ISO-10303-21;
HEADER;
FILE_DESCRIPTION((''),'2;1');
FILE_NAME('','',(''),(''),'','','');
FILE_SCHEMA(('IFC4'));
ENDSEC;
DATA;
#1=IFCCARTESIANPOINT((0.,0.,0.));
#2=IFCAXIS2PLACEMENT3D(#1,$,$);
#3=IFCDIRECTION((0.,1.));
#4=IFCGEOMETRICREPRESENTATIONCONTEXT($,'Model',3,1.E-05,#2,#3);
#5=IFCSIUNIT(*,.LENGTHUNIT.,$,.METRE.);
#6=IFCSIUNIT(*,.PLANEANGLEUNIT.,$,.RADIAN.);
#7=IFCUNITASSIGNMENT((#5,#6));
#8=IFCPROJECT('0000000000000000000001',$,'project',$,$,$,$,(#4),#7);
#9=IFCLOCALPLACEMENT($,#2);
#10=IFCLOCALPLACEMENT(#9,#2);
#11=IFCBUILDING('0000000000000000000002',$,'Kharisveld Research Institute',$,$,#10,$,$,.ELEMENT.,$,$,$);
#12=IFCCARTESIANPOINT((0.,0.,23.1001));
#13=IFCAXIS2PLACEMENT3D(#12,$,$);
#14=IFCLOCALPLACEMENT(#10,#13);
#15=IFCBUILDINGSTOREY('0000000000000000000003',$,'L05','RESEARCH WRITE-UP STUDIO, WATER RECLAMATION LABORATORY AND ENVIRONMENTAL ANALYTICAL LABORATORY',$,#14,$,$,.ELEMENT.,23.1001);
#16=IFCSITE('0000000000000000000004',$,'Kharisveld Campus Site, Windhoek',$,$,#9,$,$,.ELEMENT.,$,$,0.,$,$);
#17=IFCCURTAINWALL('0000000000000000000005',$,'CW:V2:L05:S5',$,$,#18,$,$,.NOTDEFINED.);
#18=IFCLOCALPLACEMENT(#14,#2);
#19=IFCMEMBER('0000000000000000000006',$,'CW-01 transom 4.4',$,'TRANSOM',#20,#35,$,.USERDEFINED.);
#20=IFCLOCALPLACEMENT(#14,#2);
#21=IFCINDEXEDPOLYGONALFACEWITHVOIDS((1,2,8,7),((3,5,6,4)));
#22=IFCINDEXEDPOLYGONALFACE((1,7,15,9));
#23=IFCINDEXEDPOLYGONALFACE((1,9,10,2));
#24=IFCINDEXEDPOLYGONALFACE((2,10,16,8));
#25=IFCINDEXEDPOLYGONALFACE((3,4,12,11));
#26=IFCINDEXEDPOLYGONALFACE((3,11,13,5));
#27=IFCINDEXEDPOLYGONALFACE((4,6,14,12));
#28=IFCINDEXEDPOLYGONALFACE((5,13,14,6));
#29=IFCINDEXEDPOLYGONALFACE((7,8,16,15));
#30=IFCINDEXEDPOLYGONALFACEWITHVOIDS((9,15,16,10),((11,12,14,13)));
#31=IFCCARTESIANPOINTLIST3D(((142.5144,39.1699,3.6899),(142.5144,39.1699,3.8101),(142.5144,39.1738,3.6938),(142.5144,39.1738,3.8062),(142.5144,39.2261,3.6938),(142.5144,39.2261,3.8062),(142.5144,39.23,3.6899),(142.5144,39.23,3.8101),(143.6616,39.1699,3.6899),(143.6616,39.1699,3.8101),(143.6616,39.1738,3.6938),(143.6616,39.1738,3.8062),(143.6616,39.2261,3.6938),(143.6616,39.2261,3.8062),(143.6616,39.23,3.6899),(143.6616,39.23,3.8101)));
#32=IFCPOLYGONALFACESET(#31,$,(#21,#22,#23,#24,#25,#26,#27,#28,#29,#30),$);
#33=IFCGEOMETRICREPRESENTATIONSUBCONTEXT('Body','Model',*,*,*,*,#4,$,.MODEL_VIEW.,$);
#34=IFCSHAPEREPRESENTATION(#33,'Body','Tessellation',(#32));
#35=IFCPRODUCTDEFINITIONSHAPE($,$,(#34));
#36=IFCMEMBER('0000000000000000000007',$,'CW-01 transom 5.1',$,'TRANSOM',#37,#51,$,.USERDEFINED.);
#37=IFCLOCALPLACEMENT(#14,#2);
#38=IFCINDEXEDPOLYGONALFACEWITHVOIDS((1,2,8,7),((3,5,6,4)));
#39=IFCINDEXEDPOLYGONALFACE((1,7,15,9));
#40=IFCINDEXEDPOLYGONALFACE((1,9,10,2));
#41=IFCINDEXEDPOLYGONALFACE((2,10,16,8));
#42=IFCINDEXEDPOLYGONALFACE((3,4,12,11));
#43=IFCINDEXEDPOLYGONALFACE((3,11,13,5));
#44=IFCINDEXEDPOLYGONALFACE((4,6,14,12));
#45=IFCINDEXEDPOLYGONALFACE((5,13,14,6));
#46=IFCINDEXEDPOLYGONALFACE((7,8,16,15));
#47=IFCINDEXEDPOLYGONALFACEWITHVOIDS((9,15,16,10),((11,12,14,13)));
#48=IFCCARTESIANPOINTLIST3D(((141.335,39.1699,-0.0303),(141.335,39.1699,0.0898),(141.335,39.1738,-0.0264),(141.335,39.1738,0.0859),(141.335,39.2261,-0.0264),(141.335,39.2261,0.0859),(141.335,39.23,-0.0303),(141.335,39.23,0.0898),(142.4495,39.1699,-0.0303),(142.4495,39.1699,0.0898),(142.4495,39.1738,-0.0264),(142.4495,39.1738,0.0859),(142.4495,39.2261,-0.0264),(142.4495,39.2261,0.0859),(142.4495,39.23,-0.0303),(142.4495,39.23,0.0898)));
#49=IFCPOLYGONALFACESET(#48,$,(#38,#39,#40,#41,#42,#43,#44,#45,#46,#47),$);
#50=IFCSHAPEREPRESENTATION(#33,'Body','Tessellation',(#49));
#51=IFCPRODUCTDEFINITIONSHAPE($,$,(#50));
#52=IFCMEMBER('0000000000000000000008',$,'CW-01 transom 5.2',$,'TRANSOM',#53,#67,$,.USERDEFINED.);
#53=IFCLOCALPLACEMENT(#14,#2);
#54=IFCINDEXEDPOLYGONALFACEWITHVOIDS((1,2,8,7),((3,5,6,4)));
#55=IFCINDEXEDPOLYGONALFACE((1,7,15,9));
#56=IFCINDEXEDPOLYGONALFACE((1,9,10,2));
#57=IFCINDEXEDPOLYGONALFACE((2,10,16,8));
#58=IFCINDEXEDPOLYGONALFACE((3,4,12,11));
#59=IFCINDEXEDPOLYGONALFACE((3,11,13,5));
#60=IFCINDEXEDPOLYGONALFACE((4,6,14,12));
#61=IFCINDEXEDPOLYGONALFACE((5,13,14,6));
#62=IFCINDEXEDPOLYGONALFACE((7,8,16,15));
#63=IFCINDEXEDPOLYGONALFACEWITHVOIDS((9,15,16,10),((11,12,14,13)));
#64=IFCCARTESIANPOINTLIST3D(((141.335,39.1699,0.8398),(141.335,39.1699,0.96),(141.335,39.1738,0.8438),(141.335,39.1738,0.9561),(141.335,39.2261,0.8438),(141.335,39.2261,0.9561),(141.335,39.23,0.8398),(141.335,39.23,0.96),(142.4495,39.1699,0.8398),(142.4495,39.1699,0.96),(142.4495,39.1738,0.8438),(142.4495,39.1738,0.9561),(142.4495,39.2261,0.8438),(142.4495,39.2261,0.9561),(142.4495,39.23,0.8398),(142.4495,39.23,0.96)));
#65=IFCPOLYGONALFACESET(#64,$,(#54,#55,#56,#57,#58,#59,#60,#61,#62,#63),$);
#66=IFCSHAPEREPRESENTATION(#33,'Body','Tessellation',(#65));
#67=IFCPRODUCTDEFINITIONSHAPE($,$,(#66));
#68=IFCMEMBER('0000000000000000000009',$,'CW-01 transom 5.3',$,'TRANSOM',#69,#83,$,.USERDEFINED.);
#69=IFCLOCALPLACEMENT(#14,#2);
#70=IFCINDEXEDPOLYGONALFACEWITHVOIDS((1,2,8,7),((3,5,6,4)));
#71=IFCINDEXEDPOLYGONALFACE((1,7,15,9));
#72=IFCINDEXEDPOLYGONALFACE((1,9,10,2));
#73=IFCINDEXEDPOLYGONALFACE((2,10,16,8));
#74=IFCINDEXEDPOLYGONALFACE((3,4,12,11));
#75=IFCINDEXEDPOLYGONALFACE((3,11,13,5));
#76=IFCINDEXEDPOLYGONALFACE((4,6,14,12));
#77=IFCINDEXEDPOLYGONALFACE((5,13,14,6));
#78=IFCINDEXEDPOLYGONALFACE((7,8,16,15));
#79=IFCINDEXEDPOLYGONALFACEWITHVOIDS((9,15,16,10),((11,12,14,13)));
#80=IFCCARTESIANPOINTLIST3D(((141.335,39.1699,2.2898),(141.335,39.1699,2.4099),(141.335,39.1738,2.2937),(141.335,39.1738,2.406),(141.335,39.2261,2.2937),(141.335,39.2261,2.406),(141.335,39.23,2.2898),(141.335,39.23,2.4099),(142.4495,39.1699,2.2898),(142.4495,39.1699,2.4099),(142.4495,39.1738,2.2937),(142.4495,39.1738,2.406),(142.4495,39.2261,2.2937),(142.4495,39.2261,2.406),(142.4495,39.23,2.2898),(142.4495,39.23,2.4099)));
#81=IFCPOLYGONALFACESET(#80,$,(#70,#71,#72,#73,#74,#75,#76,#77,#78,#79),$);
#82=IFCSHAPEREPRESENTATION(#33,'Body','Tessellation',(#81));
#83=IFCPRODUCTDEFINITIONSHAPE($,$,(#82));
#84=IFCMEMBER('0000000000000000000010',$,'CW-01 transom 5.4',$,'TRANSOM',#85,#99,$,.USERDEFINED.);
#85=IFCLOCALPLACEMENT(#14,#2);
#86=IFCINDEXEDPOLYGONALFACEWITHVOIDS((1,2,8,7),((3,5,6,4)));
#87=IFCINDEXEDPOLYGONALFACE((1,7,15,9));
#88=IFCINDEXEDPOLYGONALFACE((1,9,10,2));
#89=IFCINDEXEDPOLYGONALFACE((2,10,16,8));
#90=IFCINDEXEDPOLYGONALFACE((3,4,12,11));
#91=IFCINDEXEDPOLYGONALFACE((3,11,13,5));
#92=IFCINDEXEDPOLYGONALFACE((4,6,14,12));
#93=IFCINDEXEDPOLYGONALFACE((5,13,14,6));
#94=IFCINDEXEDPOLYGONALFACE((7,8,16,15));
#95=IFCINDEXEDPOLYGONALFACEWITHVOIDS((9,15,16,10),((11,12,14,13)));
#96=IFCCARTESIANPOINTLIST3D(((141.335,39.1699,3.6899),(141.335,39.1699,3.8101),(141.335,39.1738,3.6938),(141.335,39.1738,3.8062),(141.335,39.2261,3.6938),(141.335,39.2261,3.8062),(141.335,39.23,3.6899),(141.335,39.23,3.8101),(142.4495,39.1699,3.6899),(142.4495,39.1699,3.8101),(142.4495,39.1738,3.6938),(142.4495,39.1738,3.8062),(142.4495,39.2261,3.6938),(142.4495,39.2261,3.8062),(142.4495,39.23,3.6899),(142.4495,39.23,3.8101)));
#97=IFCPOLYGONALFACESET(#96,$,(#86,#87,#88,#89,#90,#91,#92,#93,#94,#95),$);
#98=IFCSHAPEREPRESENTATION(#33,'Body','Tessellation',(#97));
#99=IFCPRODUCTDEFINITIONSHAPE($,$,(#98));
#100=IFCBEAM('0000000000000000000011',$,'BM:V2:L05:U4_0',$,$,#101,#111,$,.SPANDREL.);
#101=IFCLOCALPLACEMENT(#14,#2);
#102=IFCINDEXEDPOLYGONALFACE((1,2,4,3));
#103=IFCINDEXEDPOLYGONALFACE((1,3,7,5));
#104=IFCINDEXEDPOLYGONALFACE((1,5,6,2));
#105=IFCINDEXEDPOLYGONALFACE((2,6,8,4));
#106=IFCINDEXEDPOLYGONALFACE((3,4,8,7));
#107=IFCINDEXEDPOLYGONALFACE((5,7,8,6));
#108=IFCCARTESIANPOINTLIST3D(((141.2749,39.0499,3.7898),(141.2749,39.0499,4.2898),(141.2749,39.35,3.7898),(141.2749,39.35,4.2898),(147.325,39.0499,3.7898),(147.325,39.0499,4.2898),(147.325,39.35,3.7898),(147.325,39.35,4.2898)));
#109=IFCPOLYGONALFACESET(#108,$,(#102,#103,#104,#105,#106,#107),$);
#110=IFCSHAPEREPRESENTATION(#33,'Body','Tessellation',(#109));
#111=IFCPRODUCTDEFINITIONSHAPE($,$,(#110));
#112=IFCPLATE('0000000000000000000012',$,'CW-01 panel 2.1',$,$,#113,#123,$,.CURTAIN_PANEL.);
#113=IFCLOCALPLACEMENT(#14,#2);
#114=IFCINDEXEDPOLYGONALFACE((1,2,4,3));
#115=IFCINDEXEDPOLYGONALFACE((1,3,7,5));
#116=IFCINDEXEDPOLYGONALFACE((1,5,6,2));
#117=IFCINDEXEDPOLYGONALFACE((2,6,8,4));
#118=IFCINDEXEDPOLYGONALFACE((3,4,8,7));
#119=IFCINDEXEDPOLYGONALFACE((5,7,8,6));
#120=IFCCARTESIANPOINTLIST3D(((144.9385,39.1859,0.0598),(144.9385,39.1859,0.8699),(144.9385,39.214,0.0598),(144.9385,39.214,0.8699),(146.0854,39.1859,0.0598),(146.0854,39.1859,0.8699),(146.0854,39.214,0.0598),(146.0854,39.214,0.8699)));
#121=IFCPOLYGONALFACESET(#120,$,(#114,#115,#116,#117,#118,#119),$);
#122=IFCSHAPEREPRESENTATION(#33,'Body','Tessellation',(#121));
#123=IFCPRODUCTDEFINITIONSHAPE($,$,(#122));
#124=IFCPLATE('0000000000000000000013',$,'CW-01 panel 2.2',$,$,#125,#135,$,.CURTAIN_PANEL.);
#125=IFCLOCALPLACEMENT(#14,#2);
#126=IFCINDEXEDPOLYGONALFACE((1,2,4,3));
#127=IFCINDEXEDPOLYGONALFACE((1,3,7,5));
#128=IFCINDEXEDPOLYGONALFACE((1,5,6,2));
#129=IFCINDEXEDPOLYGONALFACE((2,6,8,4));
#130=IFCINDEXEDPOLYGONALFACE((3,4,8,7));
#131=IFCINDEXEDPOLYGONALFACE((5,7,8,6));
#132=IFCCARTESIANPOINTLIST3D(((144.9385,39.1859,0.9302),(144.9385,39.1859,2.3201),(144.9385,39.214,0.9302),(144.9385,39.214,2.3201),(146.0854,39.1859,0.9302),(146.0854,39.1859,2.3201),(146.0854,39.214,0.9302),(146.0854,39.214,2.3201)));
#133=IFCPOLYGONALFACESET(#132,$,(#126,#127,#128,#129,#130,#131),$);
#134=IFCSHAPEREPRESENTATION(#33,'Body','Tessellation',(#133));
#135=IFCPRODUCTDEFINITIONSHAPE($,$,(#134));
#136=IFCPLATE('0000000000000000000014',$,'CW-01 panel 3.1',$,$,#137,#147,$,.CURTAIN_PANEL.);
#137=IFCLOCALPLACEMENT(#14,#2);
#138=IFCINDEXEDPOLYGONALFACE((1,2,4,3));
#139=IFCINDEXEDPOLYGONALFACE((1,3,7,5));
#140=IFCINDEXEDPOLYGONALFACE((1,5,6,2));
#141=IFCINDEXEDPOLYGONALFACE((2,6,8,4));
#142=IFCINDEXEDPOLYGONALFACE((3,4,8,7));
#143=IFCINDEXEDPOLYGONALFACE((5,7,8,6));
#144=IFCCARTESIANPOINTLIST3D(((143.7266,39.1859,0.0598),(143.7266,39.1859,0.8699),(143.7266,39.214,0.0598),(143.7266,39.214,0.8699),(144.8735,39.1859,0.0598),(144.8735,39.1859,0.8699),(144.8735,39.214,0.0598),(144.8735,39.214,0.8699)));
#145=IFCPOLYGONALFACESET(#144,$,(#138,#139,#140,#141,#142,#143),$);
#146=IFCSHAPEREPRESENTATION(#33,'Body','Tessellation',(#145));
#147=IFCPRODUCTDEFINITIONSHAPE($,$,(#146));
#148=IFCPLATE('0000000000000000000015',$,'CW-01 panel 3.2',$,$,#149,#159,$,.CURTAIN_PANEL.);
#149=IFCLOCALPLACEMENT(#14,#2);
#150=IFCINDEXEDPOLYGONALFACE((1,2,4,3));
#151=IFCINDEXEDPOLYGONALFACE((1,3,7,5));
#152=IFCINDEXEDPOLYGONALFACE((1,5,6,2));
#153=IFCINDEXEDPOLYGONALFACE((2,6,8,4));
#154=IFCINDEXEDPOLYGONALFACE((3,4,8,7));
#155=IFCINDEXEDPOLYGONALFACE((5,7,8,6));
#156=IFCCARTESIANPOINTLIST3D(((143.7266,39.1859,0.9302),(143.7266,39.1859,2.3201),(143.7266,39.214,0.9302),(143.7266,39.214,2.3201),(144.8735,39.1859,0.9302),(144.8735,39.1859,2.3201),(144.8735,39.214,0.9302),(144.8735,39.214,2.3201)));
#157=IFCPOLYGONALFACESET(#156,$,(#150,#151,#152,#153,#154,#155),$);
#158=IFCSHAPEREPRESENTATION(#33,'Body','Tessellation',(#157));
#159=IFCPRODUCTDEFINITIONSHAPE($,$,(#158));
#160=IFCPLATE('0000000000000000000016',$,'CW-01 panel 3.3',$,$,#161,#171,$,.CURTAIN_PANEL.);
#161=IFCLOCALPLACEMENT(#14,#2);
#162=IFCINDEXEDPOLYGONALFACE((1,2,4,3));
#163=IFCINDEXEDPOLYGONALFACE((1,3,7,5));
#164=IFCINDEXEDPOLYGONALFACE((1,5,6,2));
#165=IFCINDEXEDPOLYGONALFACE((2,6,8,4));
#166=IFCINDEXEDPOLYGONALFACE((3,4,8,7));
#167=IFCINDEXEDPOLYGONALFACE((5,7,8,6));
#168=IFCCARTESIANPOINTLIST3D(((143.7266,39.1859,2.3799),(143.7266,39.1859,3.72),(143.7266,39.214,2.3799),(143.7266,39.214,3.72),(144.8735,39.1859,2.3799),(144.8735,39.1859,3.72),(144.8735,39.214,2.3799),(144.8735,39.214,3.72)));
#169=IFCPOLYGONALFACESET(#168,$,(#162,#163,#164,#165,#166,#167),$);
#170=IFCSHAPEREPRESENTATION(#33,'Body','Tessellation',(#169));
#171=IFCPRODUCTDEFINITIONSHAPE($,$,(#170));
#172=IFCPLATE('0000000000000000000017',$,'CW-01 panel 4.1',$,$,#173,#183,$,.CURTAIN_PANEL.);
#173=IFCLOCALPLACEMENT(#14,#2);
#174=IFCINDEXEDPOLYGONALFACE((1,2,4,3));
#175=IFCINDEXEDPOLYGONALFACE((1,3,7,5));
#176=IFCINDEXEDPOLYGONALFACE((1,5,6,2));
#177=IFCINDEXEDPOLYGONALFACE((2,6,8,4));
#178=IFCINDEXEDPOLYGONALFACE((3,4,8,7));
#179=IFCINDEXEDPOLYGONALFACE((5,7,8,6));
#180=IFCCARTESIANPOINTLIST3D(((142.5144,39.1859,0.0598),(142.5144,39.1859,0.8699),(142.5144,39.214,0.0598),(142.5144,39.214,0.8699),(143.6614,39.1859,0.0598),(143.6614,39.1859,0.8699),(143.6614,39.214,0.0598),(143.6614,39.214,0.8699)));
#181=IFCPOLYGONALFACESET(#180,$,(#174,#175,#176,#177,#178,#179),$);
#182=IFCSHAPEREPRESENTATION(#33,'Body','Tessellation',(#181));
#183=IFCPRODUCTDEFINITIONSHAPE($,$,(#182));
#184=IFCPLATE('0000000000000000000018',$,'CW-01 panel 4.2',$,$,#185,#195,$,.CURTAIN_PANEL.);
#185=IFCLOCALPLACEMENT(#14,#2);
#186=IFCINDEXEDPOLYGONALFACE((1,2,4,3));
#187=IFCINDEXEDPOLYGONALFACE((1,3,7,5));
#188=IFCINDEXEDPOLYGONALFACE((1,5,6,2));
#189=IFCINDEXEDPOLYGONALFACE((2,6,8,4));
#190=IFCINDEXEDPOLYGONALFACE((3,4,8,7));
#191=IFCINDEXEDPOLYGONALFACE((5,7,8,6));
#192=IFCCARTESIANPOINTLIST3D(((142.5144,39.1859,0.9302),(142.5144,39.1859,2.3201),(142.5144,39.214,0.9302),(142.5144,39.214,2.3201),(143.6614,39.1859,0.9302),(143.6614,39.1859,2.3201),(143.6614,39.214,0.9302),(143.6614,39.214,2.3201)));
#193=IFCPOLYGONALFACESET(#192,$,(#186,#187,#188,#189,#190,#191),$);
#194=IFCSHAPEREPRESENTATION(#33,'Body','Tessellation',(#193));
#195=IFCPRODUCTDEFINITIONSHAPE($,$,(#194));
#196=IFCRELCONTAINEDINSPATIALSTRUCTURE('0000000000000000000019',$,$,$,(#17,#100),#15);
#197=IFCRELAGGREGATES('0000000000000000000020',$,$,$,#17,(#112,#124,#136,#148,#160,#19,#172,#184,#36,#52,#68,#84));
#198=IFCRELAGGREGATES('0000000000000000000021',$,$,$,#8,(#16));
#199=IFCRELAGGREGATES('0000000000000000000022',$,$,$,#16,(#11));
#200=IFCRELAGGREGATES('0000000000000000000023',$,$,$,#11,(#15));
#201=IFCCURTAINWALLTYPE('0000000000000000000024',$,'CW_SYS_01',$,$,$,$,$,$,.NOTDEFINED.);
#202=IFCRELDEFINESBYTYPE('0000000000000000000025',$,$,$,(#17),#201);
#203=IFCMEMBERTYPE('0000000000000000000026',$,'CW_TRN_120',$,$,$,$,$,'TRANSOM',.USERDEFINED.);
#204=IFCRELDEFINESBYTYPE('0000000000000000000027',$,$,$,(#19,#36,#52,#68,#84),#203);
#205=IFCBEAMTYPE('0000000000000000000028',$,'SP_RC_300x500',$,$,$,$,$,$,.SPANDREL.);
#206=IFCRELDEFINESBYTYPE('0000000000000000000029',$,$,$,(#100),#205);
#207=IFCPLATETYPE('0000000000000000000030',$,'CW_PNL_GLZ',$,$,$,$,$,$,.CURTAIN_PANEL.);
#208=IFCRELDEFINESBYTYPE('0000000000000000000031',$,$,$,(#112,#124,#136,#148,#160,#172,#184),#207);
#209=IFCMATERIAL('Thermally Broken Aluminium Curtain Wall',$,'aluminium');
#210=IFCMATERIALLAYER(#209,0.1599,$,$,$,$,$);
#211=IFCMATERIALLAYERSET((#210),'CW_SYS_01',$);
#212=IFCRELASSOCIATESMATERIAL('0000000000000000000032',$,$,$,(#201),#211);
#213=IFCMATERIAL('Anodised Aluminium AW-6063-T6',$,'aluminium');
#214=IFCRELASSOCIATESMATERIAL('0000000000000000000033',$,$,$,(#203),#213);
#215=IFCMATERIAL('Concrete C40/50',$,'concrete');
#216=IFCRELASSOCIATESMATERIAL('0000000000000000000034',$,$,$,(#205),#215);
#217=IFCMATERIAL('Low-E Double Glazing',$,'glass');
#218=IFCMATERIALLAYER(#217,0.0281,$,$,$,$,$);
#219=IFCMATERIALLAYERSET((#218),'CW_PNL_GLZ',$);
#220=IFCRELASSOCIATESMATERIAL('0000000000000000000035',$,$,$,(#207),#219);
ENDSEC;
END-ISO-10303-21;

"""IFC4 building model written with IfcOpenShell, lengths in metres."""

from ifc_helpers import new_model, si_unit, direction, frame, origin, origin_2d, place, context, subcontext, project, spatial, rectangle, hollow_rectangle, extrude, material, layer, layer_set, material_profile, profile_set, type_object, element, aggregate, save


model = new_model("IFC4")

# Units and contexts
model_context = context("Model", 3, precision=1e-05, world=origin(), true_north=direction((0.0, 1.0)))
body_context = subcontext(model_context, "Body", "Model", "MODEL_VIEW")
ifc_project = project(units=[si_unit("LENGTHUNIT", "METRE"), si_unit("PLANEANGLEUNIT", "RADIAN")], contexts=[model_context])

# Site, building, storey
site_placement = place(None, origin())
site = spatial("IfcSite", under=ifc_project, at=site_placement, Name="Kharisveld Campus Site, Windhoek", CompositionType="ELEMENT", RefElevation=0.0)
building_placement = place(site_placement, origin())
building = spatial("IfcBuilding", under=site, at=building_placement, Name="Kharisveld Research Institute", CompositionType="ELEMENT")
storey_placement = place(building_placement, frame((0.0, 0.0, 23.1001)))
storey = spatial("IfcBuildingStorey", under=building, at=storey_placement, Name="L05", Description="RESEARCH WRITE-UP STUDIO, WATER RECLAMATION LABORATORY AND ENVIRONMENTAL ANALYTICAL LABORATORY", CompositionType="ELEMENT", Elevation=23.1001)

# Curtain wall, members
ifc_material_1 = material(Name="Thermally Broken Aluminium Curtain Wall", Category="aluminium")
ifc_layer_1 = layer(ifc_material_1, 0.1599)
ifc_layer_set_1 = layer_set([ifc_layer_1], Name="CW_SYS_01")
curtain_wall_type = type_object("IfcCurtainWallType", Name="CW_SYS_01", PredefinedType="NOTDEFINED", material=ifc_layer_set_1)
curtain_wall_placement = place(storey_placement, origin())
curtain_wall = element("IfcCurtainWall", 1, at=curtain_wall_placement, inside=storey, type_object=curtain_wall_type, Name="CW:V2:L05:S5", PredefinedType="NOTDEFINED")
ifc_material_2 = material(Name="Anodised Aluminium AW-6063-T6", Category="aluminium")
ifc_material_profile_1 = material_profile(ifc_material_2, hollow_rectangle(XDim=0.0601, YDim=0.1201, WallThickness=0.0039, at=origin_2d()))
ifc_profile_set_1 = profile_set([ifc_material_profile_1], Name="Anodised Aluminium AW-6063-T6")
member_type_1 = type_object("IfcMemberType", Name="CW_TRN_120", ElementType="TRANSOM", PredefinedType="USERDEFINED", material=ifc_profile_set_1)
member_1_placement = place(storey_placement, frame((143.6616, 39.2, 3.75), z_axis=(-1.0, 0.0, 0.0), x_axis=(0.0, -1.0, 0.0)))
member_1 = element("IfcMember", 2, at=member_1_placement, type_object=member_type_1, Name="CW-01 transom 4.4", ObjectType="TRANSOM", PredefinedType="USERDEFINED", context=body_context, shape_type="SweptSolid", body=[
    extrude(hollow_rectangle(XDim=0.0601, YDim=0.1201, WallThickness=0.0039, at=origin_2d()), origin(), (0.0, 0.0, 1.0), 1.1472),
])
member_2_placement = place(storey_placement, frame((142.4495, 39.2, 0.0298), z_axis=(-1.0, 0.0, 0.0), x_axis=(0.0, -1.0, 0.0)))
member_2 = element("IfcMember", 3, at=member_2_placement, type_object=member_type_1, Name="CW-01 transom 5.1", ObjectType="TRANSOM", PredefinedType="USERDEFINED", context=body_context, shape_type="SweptSolid", body=[
    extrude(hollow_rectangle(XDim=0.0601, YDim=0.1201, WallThickness=0.0039, at=origin_2d()), origin(), (0.0, 0.0, 1.0), 1.1145),
])
member_3_placement = place(storey_placement, frame((142.4495, 39.2, 0.8999), z_axis=(-1.0, 0.0, 0.0), x_axis=(0.0, -1.0, 0.0)))
member_3 = element("IfcMember", 4, at=member_3_placement, type_object=member_type_1, Name="CW-01 transom 5.2", ObjectType="TRANSOM", PredefinedType="USERDEFINED", context=body_context, shape_type="SweptSolid", body=[
    extrude(hollow_rectangle(XDim=0.0601, YDim=0.1201, WallThickness=0.0039, at=origin_2d()), origin(), (0.0, 0.0, 1.0), 1.1145),
])
member_4_placement = place(storey_placement, frame((142.4495, 39.2, 2.3499), z_axis=(-1.0, 0.0, 0.0), x_axis=(0.0, -1.0, 0.0)))
member_4 = element("IfcMember", 5, at=member_4_placement, type_object=member_type_1, Name="CW-01 transom 5.3", ObjectType="TRANSOM", PredefinedType="USERDEFINED", context=body_context, shape_type="SweptSolid", body=[
    extrude(hollow_rectangle(XDim=0.0601, YDim=0.1201, WallThickness=0.0039, at=origin_2d()), origin(), (0.0, 0.0, 1.0), 1.1145),
])
member_5_placement = place(storey_placement, frame((142.4495, 39.2, 3.75), z_axis=(-1.0, 0.0, 0.0), x_axis=(0.0, -1.0, 0.0)))
member_5 = element("IfcMember", 6, at=member_5_placement, type_object=member_type_1, Name="CW-01 transom 5.4", ObjectType="TRANSOM", PredefinedType="USERDEFINED", context=body_context, shape_type="SweptSolid", body=[
    extrude(hollow_rectangle(XDim=0.0601, YDim=0.1201, WallThickness=0.0039, at=origin_2d()), origin(), (0.0, 0.0, 1.0), 1.1145),
])

# Beam
ifc_material_3 = material(Name="Concrete C40/50", Category="concrete")
ifc_material_profile_2 = material_profile(ifc_material_3, rectangle(XDim=0.3, YDim=0.5, at=origin_2d()))
ifc_profile_set_2 = profile_set([ifc_material_profile_2], Name="Concrete C40/50")
beam_type = type_object("IfcBeamType", Name="SP_RC_300x500", PredefinedType="SPANDREL", material=ifc_profile_set_2)
beam_placement = place(storey_placement, frame((141.2749, 39.2, 4.0398), z_axis=(1.0, 0.0, 0.0), x_axis=(0.0, 1.0, 0.0)))
element("IfcBeam", 7, at=beam_placement, inside=storey, type_object=beam_type, Name="BM:V2:L05:U4_0", PredefinedType="SPANDREL", context=body_context, shape_type="SweptSolid", body=[
    extrude(rectangle(XDim=0.3, YDim=0.5, at=origin_2d()), origin(), (0.0, 0.0, 1.0), 6.05),
])

# Plates
ifc_material_4 = material(Name="Low-E Double Glazing", Category="glass")
ifc_layer_2 = layer(ifc_material_4, 0.0281)
ifc_layer_set_2 = layer_set([ifc_layer_2], Name="CW_PNL_GLZ")
plate_type = type_object("IfcPlateType", Name="CW_PNL_GLZ", PredefinedType="CURTAIN_PANEL", material=ifc_layer_set_2)
plate_1_placement = place(storey_placement, frame((145.512, 39.2, 0.0598), z_axis=(0.0, 0.0, 1.0), x_axis=(-1.0, 0.0, 0.0)))
plate_1 = element("IfcPlate", 8, at=plate_1_placement, type_object=plate_type, Name="CW-01 panel 2.1", PredefinedType="CURTAIN_PANEL", context=body_context, shape_type="SweptSolid", body=[
    extrude(rectangle(XDim=1.147, YDim=0.0281, at=origin_2d()), origin(), (0.0, 0.0, 1.0), 0.8101),
])
plate_2_placement = place(storey_placement, frame((145.512, 39.2, 0.9302), z_axis=(0.0, 0.0, 1.0), x_axis=(-1.0, 0.0, 0.0)))
plate_2 = element("IfcPlate", 9, at=plate_2_placement, type_object=plate_type, Name="CW-01 panel 2.2", PredefinedType="CURTAIN_PANEL", context=body_context, shape_type="SweptSolid", body=[
    extrude(rectangle(XDim=1.147, YDim=0.0281, at=origin_2d()), origin(), (0.0, 0.0, 1.0), 1.3899),
])
plate_3_placement = place(storey_placement, frame((144.3, 39.2, 0.0598), z_axis=(0.0, 0.0, 1.0), x_axis=(-1.0, 0.0, 0.0)))
plate_3 = element("IfcPlate", 10, at=plate_3_placement, type_object=plate_type, Name="CW-01 panel 3.1", PredefinedType="CURTAIN_PANEL", context=body_context, shape_type="SweptSolid", body=[
    extrude(rectangle(XDim=1.147, YDim=0.0281, at=origin_2d()), origin(), (0.0, 0.0, 1.0), 0.8101),
])
plate_4_placement = place(storey_placement, frame((144.3, 39.2, 0.9302), z_axis=(0.0, 0.0, 1.0), x_axis=(-1.0, 0.0, 0.0)))
plate_4 = element("IfcPlate", 11, at=plate_4_placement, type_object=plate_type, Name="CW-01 panel 3.2", PredefinedType="CURTAIN_PANEL", context=body_context, shape_type="SweptSolid", body=[
    extrude(rectangle(XDim=1.147, YDim=0.0281, at=origin_2d()), origin(), (0.0, 0.0, 1.0), 1.3899),
])
plate_5_placement = place(storey_placement, frame((144.3, 39.2, 2.3799), z_axis=(0.0, 0.0, 1.0), x_axis=(-1.0, 0.0, 0.0)))
plate_5 = element("IfcPlate", 12, at=plate_5_placement, type_object=plate_type, Name="CW-01 panel 3.3", PredefinedType="CURTAIN_PANEL", context=body_context, shape_type="SweptSolid", body=[
    extrude(rectangle(XDim=1.147, YDim=0.0281, at=origin_2d()), origin(), (0.0, 0.0, 1.0), 1.3401),
])
plate_6_placement = place(storey_placement, frame((143.0879, 39.2, 0.0598), z_axis=(0.0, 0.0, 1.0), x_axis=(-1.0, 0.0, 0.0)))
plate_6 = element("IfcPlate", 13, at=plate_6_placement, type_object=plate_type, Name="CW-01 panel 4.1", PredefinedType="CURTAIN_PANEL", context=body_context, shape_type="SweptSolid", body=[
    extrude(rectangle(XDim=1.147, YDim=0.0281, at=origin_2d()), origin(), (0.0, 0.0, 1.0), 0.8101),
])
plate_7_placement = place(storey_placement, frame((143.0879, 39.2, 0.9302), z_axis=(0.0, 0.0, 1.0), x_axis=(-1.0, 0.0, 0.0)))
plate_7 = element("IfcPlate", 14, at=plate_7_placement, type_object=plate_type, Name="CW-01 panel 4.2", PredefinedType="CURTAIN_PANEL", context=body_context, shape_type="SweptSolid", body=[
    extrude(rectangle(XDim=1.147, YDim=0.0281, at=origin_2d()), origin(), (0.0, 0.0, 1.0), 1.3899),
])
aggregate(curtain_wall, [plate_1, plate_2, plate_3, plate_4, plate_5, member_1, plate_6, plate_7, member_2, member_3, member_4, member_5])

save(model, "model.ifc")
